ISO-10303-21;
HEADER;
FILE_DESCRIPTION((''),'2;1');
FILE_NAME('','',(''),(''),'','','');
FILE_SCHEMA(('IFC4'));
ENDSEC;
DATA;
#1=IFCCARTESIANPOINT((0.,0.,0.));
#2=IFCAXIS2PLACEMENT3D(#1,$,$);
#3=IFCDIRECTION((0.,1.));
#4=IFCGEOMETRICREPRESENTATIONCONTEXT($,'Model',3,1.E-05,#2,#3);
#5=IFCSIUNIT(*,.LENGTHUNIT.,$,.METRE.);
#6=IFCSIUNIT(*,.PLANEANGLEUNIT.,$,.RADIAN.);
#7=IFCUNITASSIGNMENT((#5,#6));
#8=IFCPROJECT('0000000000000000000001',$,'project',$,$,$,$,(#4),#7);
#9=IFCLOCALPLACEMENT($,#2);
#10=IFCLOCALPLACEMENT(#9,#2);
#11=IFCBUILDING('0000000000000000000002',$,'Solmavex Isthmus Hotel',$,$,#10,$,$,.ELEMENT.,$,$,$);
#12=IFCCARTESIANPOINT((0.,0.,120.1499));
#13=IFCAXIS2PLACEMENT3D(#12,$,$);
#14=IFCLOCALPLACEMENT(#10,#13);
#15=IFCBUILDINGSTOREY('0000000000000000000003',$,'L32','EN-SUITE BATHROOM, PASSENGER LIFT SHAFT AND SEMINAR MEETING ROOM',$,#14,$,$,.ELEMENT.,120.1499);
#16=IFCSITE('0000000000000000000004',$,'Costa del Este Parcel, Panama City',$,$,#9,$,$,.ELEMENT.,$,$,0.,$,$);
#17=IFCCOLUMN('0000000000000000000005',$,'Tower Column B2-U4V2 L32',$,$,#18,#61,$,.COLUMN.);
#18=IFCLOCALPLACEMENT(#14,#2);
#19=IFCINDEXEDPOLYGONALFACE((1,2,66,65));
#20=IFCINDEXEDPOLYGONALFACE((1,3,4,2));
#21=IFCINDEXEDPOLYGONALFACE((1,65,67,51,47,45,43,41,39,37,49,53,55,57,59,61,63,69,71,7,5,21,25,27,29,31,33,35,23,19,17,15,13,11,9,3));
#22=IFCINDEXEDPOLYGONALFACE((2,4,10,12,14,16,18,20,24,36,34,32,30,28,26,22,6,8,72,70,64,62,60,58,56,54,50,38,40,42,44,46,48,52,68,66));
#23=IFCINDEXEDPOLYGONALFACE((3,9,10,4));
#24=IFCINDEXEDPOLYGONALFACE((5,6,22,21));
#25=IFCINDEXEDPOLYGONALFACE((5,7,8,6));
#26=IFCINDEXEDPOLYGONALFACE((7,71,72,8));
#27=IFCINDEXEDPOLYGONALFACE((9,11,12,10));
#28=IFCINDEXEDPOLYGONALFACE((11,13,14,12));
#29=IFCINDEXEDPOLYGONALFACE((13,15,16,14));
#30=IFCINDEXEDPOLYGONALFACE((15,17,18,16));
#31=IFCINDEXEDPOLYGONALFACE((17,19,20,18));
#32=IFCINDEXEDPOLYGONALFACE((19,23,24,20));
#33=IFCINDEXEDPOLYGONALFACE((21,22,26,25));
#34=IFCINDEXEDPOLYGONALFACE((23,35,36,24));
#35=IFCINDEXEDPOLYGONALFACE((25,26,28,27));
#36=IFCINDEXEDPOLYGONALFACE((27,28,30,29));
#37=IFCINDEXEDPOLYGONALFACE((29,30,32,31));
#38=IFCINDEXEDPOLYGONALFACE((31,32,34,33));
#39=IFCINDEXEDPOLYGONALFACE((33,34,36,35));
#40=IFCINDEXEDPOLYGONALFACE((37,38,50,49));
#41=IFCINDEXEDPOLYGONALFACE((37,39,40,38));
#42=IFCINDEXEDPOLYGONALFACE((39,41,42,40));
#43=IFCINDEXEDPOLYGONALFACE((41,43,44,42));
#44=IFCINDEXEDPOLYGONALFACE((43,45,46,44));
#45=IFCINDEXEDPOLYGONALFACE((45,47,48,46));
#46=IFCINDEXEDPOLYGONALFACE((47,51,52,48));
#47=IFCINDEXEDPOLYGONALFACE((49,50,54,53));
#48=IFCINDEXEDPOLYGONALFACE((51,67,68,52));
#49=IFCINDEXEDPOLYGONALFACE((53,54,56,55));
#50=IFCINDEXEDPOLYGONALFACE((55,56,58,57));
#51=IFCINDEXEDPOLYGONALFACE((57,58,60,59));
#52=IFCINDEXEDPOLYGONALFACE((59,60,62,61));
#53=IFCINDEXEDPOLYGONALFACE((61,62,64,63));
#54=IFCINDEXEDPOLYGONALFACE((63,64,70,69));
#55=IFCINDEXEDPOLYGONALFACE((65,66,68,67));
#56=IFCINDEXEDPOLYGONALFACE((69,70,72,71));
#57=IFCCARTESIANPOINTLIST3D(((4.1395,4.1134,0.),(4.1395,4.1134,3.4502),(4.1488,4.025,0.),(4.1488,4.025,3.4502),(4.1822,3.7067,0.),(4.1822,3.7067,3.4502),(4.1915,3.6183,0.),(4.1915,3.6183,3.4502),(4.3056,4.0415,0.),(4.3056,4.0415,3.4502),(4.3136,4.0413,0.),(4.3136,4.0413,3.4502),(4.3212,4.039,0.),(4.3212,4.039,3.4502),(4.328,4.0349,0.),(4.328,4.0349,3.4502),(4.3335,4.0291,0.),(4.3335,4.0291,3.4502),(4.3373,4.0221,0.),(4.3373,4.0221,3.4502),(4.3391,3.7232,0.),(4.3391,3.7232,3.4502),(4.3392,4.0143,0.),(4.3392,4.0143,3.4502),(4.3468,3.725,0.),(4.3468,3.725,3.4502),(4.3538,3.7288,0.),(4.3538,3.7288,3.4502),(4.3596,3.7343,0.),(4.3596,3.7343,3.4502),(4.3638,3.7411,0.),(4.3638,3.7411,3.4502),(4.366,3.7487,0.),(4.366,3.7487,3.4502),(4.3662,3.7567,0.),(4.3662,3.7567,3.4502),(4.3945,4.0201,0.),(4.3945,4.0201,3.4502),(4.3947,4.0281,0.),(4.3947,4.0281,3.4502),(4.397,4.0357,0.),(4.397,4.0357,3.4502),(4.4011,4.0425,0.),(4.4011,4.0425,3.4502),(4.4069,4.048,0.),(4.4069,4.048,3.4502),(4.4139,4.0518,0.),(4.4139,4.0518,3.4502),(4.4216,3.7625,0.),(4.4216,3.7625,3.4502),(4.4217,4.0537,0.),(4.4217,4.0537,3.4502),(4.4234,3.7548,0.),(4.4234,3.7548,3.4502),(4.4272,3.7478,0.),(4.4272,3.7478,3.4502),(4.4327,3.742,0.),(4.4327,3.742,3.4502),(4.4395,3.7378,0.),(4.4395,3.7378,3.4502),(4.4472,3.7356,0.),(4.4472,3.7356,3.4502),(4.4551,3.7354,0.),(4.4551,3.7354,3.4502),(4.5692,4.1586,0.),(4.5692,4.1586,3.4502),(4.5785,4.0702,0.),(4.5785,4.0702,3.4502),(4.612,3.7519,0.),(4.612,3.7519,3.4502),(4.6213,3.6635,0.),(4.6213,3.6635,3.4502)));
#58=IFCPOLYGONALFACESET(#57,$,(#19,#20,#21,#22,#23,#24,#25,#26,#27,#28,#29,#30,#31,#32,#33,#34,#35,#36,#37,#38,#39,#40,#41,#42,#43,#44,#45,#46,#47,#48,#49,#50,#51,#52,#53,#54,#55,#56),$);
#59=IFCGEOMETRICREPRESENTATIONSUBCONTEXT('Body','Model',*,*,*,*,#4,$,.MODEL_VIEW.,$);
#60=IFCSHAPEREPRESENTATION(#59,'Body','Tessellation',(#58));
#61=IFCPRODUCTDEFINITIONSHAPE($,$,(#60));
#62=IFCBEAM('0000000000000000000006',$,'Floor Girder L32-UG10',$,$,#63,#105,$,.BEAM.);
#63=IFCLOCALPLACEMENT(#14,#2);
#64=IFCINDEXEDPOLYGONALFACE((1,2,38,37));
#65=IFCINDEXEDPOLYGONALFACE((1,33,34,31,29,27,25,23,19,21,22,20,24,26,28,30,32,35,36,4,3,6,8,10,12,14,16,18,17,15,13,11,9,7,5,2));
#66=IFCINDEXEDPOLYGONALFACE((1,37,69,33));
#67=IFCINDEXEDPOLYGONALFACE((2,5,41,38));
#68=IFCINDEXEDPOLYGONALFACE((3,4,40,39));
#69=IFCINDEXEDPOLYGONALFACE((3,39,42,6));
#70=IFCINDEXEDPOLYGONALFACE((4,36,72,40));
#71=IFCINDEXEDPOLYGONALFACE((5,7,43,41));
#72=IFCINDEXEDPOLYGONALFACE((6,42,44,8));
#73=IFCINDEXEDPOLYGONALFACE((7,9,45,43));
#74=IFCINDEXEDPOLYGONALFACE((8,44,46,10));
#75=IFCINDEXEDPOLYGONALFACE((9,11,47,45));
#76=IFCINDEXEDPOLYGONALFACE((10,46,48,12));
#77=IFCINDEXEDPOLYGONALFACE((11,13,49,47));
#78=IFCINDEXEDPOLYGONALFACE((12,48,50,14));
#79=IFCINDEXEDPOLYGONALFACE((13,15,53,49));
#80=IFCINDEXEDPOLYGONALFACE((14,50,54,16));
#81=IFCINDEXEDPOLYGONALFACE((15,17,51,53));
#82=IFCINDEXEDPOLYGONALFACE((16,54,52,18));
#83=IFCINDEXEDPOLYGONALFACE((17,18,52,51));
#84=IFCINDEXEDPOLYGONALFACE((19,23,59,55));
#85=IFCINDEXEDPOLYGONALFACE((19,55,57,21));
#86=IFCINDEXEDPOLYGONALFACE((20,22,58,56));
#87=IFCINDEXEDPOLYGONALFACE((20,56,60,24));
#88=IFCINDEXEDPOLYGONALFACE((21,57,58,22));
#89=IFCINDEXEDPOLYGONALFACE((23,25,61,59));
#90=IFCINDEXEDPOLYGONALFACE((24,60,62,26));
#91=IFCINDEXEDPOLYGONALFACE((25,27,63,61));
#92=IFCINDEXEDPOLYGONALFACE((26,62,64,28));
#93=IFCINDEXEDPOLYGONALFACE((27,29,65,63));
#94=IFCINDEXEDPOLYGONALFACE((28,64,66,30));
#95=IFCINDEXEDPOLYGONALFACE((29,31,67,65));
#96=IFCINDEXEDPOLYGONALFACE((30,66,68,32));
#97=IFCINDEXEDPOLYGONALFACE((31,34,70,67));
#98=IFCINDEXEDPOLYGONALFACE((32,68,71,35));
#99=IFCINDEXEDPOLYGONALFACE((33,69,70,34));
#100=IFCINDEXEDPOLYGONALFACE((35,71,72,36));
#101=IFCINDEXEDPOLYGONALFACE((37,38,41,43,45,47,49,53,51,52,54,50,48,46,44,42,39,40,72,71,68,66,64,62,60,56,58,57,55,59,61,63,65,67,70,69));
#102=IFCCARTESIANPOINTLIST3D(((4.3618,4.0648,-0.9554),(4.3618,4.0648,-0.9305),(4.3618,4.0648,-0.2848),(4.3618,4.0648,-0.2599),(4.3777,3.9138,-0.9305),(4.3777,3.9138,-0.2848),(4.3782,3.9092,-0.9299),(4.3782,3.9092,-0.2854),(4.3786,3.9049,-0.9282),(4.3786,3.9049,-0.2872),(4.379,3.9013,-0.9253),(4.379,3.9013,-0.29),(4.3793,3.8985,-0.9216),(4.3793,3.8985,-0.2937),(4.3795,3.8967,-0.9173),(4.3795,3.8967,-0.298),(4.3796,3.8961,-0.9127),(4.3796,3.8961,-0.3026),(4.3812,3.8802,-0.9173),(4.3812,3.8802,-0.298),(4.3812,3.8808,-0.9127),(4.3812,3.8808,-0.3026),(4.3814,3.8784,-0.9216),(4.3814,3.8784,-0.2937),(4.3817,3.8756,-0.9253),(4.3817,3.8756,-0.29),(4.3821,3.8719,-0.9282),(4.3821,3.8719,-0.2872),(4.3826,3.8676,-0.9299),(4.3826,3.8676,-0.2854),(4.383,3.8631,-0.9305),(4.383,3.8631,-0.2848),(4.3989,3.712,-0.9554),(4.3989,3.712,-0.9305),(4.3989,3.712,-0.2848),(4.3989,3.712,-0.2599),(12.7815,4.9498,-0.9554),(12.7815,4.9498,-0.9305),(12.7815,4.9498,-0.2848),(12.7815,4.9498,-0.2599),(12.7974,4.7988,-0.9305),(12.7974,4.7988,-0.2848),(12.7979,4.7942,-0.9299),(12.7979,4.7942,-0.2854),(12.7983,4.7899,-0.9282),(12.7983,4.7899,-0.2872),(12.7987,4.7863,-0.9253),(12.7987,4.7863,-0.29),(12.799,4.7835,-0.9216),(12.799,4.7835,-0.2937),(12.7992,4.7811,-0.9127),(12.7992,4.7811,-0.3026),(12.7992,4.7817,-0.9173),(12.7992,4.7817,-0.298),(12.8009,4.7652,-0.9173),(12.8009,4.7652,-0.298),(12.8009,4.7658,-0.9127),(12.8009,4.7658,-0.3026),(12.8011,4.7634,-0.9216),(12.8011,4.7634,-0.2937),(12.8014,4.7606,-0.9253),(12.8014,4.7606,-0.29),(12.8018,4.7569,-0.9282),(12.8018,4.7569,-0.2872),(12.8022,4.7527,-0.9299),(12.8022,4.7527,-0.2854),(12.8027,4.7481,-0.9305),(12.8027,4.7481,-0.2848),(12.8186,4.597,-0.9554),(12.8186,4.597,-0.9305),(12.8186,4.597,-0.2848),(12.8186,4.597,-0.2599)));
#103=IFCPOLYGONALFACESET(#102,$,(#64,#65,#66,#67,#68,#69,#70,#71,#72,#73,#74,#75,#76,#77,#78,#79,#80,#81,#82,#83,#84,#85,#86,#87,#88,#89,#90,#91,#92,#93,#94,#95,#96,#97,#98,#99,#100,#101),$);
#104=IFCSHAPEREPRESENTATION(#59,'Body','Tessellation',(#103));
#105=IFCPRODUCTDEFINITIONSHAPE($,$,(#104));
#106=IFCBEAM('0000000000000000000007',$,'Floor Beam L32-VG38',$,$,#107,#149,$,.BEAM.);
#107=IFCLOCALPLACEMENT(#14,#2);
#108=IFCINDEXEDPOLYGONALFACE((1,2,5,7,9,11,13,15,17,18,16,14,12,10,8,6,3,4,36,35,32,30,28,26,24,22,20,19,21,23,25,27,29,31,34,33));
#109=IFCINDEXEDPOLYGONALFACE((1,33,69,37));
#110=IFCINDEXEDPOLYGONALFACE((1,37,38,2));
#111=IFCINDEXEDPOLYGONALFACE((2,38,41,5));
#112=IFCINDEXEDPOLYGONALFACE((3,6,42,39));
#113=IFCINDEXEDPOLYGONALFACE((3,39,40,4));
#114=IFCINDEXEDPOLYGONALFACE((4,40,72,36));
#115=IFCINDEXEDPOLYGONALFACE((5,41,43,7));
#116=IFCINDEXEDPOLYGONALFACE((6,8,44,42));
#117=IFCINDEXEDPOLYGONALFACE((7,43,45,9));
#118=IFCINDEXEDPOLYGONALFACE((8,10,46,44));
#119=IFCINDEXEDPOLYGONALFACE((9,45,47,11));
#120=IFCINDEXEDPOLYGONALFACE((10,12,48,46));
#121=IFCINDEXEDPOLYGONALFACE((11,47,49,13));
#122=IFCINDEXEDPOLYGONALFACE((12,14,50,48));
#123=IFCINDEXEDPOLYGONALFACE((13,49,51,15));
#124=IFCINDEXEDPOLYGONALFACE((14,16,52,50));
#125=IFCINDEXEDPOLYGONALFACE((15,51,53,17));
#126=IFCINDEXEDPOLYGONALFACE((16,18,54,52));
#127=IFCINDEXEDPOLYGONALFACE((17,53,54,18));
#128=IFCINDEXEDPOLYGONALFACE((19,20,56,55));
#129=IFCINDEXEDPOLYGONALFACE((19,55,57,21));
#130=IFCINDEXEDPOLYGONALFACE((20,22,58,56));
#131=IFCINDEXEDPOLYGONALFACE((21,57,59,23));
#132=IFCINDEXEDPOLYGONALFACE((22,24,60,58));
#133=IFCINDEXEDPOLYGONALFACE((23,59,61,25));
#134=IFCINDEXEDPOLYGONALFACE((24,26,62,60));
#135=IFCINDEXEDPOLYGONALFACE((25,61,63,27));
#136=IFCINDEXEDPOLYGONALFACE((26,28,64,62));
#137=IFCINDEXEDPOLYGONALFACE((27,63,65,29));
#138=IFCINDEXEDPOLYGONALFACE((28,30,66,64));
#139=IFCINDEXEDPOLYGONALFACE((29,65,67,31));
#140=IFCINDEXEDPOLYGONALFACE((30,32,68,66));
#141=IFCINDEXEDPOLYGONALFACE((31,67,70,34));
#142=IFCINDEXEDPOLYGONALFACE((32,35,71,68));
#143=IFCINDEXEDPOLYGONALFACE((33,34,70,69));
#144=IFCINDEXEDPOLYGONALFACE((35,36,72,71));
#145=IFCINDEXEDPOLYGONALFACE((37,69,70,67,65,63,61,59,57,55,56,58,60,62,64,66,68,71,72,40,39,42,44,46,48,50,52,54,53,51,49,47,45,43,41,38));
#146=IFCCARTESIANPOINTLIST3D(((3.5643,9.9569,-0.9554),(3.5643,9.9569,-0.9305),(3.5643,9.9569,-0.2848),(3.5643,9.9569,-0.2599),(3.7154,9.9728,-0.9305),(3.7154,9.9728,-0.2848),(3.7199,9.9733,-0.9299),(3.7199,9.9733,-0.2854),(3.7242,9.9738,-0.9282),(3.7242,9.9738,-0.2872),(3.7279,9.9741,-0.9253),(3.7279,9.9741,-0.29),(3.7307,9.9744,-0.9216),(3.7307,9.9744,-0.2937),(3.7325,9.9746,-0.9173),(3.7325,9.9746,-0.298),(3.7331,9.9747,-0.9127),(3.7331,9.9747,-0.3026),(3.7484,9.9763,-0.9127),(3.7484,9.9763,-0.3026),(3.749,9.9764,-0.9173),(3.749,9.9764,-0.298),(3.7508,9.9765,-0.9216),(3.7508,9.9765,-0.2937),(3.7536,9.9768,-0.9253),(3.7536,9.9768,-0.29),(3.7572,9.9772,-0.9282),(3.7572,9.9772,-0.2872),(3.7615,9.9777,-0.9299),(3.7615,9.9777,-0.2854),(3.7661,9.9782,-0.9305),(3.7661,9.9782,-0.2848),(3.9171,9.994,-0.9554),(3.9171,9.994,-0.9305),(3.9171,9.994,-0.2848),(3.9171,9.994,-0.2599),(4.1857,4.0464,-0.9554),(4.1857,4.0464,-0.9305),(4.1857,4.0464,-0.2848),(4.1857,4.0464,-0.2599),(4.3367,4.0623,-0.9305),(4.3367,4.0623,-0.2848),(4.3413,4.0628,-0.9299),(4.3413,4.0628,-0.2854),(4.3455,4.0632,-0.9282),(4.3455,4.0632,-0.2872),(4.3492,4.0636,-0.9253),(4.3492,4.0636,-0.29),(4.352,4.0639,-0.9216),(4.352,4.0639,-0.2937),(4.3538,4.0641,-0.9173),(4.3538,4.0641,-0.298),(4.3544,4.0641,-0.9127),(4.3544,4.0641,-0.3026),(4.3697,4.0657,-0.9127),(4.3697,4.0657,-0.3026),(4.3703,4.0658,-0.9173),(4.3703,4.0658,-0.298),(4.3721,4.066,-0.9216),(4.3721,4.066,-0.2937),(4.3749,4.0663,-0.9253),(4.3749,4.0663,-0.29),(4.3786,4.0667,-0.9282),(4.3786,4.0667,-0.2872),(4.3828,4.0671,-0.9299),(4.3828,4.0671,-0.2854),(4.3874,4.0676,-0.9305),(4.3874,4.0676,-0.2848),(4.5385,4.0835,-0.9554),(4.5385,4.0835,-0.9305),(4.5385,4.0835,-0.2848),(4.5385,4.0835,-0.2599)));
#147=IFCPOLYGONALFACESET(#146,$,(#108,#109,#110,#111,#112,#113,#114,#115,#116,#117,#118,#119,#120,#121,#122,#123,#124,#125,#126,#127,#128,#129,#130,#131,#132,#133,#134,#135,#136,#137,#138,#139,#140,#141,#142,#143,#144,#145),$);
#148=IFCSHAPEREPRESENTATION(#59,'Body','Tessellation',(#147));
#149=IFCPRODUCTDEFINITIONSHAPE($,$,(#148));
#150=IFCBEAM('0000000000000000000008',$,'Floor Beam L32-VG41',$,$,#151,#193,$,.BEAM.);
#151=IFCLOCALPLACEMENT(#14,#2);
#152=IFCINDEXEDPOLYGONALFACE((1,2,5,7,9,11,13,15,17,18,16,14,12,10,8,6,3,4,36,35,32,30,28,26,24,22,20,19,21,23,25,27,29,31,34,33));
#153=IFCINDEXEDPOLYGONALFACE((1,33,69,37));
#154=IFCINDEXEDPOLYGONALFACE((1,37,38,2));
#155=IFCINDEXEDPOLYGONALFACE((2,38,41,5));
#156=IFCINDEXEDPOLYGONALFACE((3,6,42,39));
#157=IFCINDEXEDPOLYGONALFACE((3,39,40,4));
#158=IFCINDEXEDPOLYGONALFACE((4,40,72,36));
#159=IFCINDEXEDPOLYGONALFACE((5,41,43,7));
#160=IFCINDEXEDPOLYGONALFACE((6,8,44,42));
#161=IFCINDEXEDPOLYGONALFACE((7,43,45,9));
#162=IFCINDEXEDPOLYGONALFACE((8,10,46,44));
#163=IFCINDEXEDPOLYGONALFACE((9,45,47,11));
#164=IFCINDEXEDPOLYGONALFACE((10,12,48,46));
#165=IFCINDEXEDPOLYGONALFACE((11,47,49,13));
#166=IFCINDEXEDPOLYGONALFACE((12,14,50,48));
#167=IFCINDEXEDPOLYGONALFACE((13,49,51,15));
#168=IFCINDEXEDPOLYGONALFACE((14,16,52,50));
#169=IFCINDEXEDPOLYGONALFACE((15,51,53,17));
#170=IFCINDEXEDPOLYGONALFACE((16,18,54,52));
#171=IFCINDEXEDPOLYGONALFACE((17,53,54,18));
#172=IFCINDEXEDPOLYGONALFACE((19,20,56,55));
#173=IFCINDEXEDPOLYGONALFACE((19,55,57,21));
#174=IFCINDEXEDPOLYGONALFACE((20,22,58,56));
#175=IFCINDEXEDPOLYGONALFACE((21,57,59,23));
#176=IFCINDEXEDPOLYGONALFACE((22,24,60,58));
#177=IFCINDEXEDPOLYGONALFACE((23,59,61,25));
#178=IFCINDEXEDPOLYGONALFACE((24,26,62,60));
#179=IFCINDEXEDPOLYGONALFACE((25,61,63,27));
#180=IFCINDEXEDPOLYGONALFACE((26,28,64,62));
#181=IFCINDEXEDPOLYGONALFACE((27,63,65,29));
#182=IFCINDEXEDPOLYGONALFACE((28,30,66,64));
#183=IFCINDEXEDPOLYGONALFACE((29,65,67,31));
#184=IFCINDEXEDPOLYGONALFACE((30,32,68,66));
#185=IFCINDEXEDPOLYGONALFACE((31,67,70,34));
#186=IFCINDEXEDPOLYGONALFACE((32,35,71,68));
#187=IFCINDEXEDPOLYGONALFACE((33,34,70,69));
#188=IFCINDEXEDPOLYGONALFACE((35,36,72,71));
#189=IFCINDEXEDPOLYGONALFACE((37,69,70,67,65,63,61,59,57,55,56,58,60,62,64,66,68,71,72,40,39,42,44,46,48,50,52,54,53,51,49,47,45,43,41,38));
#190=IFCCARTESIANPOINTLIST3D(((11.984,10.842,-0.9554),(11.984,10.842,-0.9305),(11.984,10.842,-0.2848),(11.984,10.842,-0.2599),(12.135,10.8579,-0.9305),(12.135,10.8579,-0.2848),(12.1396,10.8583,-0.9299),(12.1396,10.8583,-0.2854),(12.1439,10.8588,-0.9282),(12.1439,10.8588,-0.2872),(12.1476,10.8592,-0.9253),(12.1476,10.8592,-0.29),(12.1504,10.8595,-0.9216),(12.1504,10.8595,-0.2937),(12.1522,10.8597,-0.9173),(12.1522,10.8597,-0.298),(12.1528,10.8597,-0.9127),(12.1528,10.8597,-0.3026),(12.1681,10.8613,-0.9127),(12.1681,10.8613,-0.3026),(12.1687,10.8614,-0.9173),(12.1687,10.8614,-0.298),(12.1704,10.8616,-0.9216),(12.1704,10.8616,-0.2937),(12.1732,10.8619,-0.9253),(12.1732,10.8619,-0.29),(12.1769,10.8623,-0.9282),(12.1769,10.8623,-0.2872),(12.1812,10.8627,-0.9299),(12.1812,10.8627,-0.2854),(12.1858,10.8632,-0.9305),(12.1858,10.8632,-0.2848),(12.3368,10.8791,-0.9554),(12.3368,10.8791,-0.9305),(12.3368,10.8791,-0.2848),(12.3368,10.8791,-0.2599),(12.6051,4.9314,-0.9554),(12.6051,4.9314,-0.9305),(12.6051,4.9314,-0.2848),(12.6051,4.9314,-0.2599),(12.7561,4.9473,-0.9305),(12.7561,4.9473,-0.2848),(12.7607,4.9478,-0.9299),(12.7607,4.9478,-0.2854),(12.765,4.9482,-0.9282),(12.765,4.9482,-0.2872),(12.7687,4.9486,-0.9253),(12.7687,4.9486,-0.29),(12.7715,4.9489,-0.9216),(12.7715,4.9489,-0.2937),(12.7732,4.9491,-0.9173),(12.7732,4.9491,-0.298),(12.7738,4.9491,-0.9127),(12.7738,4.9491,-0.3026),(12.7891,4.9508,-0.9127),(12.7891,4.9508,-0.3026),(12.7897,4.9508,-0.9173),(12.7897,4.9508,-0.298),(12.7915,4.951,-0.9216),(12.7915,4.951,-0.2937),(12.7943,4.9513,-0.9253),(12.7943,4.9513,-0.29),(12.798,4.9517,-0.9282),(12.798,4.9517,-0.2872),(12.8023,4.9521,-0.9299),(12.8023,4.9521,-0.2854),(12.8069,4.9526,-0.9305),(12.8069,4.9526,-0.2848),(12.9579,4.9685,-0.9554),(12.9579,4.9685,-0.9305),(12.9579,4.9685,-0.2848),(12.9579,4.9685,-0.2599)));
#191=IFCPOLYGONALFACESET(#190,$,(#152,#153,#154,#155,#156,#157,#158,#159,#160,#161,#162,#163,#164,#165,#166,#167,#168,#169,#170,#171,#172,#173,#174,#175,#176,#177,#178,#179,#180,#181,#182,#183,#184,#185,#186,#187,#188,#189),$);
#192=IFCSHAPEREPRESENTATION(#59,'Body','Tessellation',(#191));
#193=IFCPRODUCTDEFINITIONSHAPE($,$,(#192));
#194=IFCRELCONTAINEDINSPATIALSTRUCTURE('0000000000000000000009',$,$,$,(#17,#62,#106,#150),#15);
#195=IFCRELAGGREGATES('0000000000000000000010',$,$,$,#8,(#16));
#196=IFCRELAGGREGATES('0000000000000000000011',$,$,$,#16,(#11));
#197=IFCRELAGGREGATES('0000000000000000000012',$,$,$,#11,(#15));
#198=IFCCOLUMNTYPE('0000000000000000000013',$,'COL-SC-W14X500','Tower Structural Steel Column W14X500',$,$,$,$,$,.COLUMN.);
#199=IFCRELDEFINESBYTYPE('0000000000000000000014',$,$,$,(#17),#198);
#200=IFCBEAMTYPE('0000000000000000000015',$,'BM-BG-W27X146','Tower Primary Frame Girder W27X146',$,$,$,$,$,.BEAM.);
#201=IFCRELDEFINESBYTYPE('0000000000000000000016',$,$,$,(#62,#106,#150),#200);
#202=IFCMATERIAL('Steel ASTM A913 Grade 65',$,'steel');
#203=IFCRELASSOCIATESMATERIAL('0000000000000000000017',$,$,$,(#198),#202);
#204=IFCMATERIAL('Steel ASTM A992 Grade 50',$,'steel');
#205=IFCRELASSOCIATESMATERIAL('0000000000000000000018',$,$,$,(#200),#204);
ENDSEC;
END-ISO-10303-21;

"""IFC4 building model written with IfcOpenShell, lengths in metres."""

from ifc_helpers import new_model, si_unit, direction, frame, origin, origin_2d, place, context, subcontext, project, spatial, i_section, extrude, material, material_profile, profile_set, type_object, element, save


model = new_model("IFC4")

# Units and contexts
model_context = context("Model", 3, precision=1e-05, world=origin(), true_north=direction((0.0, 1.0)))
body_context = subcontext(model_context, "Body", "Model", "MODEL_VIEW")
ifc_project = project(units=[si_unit("LENGTHUNIT", "METRE"), si_unit("PLANEANGLEUNIT", "RADIAN")], contexts=[model_context])

# Site, building, storey
site_placement = place(None, origin())
site = spatial("IfcSite", under=ifc_project, at=site_placement, Name="Costa del Este Parcel, Panama City", CompositionType="ELEMENT", RefElevation=0.0)
building_placement = place(site_placement, origin())
building = spatial("IfcBuilding", under=site, at=building_placement, Name="Solmavex Isthmus Hotel", CompositionType="ELEMENT")
storey_placement = place(building_placement, frame((0.0, 0.0, 120.1499)))
storey = spatial("IfcBuildingStorey", under=building, at=storey_placement, Name="L32", Description="EN-SUITE BATHROOM, PASSENGER LIFT SHAFT AND SEMINAR MEETING ROOM", CompositionType="ELEMENT", Elevation=120.1499)

# Column
ifc_material_1 = material(Name="Steel ASTM A913 Grade 65", Category="steel")
ifc_material_profile_1 = material_profile(ifc_material_1, i_section(OverallWidth=0.4321, OverallDepth=0.4978, WebThickness=0.0557, FlangeThickness=0.0889, FilletRadius=0.0305, at=origin_2d()), Name="W14X500")
ifc_profile_set_1 = profile_set([ifc_material_profile_1], Name="Steel ASTM A913 Grade 65")
column_type = type_object("IfcColumnType", Name="COL-SC-W14X500", Description="Tower Structural Steel Column W14X500", PredefinedType="COLUMN", material=ifc_profile_set_1)
column_placement = place(storey_placement, frame((4.3804, 3.8884, 0.0), z_axis=(0.0, 0.0, 1.0), x_axis=(0.994522, 0.104528, 0.0)))
element("IfcColumn", 1, at=column_placement, inside=storey, type_object=column_type, Name="Tower Column B2-U4V2 L32", PredefinedType="COLUMN", context=body_context, shape_type="SweptSolid", body=[
    extrude(i_section(OverallWidth=0.4321, OverallDepth=0.4978, WebThickness=0.0557, FlangeThickness=0.0889, FilletRadius=0.0305, at=origin_2d()), origin(), (0.0, 0.0, 1.0), 3.4502),
])

# Beams
ifc_material_2 = material(Name="Steel ASTM A992 Grade 50", Category="steel")
ifc_material_profile_2 = material_profile(ifc_material_2, i_section(OverallWidth=0.3547, OverallDepth=0.6956, WebThickness=0.0154, FlangeThickness=0.0249, FilletRadius=0.0178, at=origin_2d()), Name="W27X146")
ifc_profile_set_2 = profile_set([ifc_material_profile_2], Name="Steel ASTM A992 Grade 50")
beam_type_1 = type_object("IfcBeamType", Name="BM-BG-W27X146", Description="Tower Primary Frame Girder W27X146", PredefinedType="BEAM", material=ifc_profile_set_2)
beam_placement = place(storey_placement, frame((4.3804, 3.8884, -0.6077), z_axis=(0.994521, 0.104536, 0.0), x_axis=(-0.104536, 0.994521, 0.0)))
element("IfcBeam", 2, at=beam_placement, inside=storey, type_object=beam_type_1, Name="Floor Girder L32-UG10", PredefinedType="BEAM", context=body_context, shape_type="SweptSolid", body=[
    extrude(i_section(OverallWidth=0.3547, OverallDepth=0.6956, WebThickness=0.0154, FlangeThickness=0.0249, FilletRadius=0.0178, at=origin_2d()), origin(), (0.0, 0.0, 1.0), 8.4661),
])
for number, where, z_axis, x_axis, name in (
    (3, (4.3621, 4.0649, -0.6077), (-0.104546, 0.99452, 0.0), (-0.99452, -0.104546, 0.0), "Floor Beam L32-VG38"),
    (4, (12.7815, 4.95, -0.6077), (-0.104505, 0.994524, 0.0), (-0.994524, -0.104505, 0.0), "Floor Beam L32-VG41"),
):
    element("IfcBeam", number, at=place(storey_placement, frame(where, z_axis=z_axis, x_axis=x_axis)), inside=storey, type_object=beam_type_1, Name=name, PredefinedType="BEAM", context=body_context, shape_type="SweptSolid", body=[
        extrude(i_section(OverallWidth=0.3547, OverallDepth=0.6956, WebThickness=0.0154, FlangeThickness=0.0249, FilletRadius=0.0178, at=origin_2d()), origin(), (0.0, 0.0, 1.0), 5.9431),
    ])

save(model, "model.ifc")
